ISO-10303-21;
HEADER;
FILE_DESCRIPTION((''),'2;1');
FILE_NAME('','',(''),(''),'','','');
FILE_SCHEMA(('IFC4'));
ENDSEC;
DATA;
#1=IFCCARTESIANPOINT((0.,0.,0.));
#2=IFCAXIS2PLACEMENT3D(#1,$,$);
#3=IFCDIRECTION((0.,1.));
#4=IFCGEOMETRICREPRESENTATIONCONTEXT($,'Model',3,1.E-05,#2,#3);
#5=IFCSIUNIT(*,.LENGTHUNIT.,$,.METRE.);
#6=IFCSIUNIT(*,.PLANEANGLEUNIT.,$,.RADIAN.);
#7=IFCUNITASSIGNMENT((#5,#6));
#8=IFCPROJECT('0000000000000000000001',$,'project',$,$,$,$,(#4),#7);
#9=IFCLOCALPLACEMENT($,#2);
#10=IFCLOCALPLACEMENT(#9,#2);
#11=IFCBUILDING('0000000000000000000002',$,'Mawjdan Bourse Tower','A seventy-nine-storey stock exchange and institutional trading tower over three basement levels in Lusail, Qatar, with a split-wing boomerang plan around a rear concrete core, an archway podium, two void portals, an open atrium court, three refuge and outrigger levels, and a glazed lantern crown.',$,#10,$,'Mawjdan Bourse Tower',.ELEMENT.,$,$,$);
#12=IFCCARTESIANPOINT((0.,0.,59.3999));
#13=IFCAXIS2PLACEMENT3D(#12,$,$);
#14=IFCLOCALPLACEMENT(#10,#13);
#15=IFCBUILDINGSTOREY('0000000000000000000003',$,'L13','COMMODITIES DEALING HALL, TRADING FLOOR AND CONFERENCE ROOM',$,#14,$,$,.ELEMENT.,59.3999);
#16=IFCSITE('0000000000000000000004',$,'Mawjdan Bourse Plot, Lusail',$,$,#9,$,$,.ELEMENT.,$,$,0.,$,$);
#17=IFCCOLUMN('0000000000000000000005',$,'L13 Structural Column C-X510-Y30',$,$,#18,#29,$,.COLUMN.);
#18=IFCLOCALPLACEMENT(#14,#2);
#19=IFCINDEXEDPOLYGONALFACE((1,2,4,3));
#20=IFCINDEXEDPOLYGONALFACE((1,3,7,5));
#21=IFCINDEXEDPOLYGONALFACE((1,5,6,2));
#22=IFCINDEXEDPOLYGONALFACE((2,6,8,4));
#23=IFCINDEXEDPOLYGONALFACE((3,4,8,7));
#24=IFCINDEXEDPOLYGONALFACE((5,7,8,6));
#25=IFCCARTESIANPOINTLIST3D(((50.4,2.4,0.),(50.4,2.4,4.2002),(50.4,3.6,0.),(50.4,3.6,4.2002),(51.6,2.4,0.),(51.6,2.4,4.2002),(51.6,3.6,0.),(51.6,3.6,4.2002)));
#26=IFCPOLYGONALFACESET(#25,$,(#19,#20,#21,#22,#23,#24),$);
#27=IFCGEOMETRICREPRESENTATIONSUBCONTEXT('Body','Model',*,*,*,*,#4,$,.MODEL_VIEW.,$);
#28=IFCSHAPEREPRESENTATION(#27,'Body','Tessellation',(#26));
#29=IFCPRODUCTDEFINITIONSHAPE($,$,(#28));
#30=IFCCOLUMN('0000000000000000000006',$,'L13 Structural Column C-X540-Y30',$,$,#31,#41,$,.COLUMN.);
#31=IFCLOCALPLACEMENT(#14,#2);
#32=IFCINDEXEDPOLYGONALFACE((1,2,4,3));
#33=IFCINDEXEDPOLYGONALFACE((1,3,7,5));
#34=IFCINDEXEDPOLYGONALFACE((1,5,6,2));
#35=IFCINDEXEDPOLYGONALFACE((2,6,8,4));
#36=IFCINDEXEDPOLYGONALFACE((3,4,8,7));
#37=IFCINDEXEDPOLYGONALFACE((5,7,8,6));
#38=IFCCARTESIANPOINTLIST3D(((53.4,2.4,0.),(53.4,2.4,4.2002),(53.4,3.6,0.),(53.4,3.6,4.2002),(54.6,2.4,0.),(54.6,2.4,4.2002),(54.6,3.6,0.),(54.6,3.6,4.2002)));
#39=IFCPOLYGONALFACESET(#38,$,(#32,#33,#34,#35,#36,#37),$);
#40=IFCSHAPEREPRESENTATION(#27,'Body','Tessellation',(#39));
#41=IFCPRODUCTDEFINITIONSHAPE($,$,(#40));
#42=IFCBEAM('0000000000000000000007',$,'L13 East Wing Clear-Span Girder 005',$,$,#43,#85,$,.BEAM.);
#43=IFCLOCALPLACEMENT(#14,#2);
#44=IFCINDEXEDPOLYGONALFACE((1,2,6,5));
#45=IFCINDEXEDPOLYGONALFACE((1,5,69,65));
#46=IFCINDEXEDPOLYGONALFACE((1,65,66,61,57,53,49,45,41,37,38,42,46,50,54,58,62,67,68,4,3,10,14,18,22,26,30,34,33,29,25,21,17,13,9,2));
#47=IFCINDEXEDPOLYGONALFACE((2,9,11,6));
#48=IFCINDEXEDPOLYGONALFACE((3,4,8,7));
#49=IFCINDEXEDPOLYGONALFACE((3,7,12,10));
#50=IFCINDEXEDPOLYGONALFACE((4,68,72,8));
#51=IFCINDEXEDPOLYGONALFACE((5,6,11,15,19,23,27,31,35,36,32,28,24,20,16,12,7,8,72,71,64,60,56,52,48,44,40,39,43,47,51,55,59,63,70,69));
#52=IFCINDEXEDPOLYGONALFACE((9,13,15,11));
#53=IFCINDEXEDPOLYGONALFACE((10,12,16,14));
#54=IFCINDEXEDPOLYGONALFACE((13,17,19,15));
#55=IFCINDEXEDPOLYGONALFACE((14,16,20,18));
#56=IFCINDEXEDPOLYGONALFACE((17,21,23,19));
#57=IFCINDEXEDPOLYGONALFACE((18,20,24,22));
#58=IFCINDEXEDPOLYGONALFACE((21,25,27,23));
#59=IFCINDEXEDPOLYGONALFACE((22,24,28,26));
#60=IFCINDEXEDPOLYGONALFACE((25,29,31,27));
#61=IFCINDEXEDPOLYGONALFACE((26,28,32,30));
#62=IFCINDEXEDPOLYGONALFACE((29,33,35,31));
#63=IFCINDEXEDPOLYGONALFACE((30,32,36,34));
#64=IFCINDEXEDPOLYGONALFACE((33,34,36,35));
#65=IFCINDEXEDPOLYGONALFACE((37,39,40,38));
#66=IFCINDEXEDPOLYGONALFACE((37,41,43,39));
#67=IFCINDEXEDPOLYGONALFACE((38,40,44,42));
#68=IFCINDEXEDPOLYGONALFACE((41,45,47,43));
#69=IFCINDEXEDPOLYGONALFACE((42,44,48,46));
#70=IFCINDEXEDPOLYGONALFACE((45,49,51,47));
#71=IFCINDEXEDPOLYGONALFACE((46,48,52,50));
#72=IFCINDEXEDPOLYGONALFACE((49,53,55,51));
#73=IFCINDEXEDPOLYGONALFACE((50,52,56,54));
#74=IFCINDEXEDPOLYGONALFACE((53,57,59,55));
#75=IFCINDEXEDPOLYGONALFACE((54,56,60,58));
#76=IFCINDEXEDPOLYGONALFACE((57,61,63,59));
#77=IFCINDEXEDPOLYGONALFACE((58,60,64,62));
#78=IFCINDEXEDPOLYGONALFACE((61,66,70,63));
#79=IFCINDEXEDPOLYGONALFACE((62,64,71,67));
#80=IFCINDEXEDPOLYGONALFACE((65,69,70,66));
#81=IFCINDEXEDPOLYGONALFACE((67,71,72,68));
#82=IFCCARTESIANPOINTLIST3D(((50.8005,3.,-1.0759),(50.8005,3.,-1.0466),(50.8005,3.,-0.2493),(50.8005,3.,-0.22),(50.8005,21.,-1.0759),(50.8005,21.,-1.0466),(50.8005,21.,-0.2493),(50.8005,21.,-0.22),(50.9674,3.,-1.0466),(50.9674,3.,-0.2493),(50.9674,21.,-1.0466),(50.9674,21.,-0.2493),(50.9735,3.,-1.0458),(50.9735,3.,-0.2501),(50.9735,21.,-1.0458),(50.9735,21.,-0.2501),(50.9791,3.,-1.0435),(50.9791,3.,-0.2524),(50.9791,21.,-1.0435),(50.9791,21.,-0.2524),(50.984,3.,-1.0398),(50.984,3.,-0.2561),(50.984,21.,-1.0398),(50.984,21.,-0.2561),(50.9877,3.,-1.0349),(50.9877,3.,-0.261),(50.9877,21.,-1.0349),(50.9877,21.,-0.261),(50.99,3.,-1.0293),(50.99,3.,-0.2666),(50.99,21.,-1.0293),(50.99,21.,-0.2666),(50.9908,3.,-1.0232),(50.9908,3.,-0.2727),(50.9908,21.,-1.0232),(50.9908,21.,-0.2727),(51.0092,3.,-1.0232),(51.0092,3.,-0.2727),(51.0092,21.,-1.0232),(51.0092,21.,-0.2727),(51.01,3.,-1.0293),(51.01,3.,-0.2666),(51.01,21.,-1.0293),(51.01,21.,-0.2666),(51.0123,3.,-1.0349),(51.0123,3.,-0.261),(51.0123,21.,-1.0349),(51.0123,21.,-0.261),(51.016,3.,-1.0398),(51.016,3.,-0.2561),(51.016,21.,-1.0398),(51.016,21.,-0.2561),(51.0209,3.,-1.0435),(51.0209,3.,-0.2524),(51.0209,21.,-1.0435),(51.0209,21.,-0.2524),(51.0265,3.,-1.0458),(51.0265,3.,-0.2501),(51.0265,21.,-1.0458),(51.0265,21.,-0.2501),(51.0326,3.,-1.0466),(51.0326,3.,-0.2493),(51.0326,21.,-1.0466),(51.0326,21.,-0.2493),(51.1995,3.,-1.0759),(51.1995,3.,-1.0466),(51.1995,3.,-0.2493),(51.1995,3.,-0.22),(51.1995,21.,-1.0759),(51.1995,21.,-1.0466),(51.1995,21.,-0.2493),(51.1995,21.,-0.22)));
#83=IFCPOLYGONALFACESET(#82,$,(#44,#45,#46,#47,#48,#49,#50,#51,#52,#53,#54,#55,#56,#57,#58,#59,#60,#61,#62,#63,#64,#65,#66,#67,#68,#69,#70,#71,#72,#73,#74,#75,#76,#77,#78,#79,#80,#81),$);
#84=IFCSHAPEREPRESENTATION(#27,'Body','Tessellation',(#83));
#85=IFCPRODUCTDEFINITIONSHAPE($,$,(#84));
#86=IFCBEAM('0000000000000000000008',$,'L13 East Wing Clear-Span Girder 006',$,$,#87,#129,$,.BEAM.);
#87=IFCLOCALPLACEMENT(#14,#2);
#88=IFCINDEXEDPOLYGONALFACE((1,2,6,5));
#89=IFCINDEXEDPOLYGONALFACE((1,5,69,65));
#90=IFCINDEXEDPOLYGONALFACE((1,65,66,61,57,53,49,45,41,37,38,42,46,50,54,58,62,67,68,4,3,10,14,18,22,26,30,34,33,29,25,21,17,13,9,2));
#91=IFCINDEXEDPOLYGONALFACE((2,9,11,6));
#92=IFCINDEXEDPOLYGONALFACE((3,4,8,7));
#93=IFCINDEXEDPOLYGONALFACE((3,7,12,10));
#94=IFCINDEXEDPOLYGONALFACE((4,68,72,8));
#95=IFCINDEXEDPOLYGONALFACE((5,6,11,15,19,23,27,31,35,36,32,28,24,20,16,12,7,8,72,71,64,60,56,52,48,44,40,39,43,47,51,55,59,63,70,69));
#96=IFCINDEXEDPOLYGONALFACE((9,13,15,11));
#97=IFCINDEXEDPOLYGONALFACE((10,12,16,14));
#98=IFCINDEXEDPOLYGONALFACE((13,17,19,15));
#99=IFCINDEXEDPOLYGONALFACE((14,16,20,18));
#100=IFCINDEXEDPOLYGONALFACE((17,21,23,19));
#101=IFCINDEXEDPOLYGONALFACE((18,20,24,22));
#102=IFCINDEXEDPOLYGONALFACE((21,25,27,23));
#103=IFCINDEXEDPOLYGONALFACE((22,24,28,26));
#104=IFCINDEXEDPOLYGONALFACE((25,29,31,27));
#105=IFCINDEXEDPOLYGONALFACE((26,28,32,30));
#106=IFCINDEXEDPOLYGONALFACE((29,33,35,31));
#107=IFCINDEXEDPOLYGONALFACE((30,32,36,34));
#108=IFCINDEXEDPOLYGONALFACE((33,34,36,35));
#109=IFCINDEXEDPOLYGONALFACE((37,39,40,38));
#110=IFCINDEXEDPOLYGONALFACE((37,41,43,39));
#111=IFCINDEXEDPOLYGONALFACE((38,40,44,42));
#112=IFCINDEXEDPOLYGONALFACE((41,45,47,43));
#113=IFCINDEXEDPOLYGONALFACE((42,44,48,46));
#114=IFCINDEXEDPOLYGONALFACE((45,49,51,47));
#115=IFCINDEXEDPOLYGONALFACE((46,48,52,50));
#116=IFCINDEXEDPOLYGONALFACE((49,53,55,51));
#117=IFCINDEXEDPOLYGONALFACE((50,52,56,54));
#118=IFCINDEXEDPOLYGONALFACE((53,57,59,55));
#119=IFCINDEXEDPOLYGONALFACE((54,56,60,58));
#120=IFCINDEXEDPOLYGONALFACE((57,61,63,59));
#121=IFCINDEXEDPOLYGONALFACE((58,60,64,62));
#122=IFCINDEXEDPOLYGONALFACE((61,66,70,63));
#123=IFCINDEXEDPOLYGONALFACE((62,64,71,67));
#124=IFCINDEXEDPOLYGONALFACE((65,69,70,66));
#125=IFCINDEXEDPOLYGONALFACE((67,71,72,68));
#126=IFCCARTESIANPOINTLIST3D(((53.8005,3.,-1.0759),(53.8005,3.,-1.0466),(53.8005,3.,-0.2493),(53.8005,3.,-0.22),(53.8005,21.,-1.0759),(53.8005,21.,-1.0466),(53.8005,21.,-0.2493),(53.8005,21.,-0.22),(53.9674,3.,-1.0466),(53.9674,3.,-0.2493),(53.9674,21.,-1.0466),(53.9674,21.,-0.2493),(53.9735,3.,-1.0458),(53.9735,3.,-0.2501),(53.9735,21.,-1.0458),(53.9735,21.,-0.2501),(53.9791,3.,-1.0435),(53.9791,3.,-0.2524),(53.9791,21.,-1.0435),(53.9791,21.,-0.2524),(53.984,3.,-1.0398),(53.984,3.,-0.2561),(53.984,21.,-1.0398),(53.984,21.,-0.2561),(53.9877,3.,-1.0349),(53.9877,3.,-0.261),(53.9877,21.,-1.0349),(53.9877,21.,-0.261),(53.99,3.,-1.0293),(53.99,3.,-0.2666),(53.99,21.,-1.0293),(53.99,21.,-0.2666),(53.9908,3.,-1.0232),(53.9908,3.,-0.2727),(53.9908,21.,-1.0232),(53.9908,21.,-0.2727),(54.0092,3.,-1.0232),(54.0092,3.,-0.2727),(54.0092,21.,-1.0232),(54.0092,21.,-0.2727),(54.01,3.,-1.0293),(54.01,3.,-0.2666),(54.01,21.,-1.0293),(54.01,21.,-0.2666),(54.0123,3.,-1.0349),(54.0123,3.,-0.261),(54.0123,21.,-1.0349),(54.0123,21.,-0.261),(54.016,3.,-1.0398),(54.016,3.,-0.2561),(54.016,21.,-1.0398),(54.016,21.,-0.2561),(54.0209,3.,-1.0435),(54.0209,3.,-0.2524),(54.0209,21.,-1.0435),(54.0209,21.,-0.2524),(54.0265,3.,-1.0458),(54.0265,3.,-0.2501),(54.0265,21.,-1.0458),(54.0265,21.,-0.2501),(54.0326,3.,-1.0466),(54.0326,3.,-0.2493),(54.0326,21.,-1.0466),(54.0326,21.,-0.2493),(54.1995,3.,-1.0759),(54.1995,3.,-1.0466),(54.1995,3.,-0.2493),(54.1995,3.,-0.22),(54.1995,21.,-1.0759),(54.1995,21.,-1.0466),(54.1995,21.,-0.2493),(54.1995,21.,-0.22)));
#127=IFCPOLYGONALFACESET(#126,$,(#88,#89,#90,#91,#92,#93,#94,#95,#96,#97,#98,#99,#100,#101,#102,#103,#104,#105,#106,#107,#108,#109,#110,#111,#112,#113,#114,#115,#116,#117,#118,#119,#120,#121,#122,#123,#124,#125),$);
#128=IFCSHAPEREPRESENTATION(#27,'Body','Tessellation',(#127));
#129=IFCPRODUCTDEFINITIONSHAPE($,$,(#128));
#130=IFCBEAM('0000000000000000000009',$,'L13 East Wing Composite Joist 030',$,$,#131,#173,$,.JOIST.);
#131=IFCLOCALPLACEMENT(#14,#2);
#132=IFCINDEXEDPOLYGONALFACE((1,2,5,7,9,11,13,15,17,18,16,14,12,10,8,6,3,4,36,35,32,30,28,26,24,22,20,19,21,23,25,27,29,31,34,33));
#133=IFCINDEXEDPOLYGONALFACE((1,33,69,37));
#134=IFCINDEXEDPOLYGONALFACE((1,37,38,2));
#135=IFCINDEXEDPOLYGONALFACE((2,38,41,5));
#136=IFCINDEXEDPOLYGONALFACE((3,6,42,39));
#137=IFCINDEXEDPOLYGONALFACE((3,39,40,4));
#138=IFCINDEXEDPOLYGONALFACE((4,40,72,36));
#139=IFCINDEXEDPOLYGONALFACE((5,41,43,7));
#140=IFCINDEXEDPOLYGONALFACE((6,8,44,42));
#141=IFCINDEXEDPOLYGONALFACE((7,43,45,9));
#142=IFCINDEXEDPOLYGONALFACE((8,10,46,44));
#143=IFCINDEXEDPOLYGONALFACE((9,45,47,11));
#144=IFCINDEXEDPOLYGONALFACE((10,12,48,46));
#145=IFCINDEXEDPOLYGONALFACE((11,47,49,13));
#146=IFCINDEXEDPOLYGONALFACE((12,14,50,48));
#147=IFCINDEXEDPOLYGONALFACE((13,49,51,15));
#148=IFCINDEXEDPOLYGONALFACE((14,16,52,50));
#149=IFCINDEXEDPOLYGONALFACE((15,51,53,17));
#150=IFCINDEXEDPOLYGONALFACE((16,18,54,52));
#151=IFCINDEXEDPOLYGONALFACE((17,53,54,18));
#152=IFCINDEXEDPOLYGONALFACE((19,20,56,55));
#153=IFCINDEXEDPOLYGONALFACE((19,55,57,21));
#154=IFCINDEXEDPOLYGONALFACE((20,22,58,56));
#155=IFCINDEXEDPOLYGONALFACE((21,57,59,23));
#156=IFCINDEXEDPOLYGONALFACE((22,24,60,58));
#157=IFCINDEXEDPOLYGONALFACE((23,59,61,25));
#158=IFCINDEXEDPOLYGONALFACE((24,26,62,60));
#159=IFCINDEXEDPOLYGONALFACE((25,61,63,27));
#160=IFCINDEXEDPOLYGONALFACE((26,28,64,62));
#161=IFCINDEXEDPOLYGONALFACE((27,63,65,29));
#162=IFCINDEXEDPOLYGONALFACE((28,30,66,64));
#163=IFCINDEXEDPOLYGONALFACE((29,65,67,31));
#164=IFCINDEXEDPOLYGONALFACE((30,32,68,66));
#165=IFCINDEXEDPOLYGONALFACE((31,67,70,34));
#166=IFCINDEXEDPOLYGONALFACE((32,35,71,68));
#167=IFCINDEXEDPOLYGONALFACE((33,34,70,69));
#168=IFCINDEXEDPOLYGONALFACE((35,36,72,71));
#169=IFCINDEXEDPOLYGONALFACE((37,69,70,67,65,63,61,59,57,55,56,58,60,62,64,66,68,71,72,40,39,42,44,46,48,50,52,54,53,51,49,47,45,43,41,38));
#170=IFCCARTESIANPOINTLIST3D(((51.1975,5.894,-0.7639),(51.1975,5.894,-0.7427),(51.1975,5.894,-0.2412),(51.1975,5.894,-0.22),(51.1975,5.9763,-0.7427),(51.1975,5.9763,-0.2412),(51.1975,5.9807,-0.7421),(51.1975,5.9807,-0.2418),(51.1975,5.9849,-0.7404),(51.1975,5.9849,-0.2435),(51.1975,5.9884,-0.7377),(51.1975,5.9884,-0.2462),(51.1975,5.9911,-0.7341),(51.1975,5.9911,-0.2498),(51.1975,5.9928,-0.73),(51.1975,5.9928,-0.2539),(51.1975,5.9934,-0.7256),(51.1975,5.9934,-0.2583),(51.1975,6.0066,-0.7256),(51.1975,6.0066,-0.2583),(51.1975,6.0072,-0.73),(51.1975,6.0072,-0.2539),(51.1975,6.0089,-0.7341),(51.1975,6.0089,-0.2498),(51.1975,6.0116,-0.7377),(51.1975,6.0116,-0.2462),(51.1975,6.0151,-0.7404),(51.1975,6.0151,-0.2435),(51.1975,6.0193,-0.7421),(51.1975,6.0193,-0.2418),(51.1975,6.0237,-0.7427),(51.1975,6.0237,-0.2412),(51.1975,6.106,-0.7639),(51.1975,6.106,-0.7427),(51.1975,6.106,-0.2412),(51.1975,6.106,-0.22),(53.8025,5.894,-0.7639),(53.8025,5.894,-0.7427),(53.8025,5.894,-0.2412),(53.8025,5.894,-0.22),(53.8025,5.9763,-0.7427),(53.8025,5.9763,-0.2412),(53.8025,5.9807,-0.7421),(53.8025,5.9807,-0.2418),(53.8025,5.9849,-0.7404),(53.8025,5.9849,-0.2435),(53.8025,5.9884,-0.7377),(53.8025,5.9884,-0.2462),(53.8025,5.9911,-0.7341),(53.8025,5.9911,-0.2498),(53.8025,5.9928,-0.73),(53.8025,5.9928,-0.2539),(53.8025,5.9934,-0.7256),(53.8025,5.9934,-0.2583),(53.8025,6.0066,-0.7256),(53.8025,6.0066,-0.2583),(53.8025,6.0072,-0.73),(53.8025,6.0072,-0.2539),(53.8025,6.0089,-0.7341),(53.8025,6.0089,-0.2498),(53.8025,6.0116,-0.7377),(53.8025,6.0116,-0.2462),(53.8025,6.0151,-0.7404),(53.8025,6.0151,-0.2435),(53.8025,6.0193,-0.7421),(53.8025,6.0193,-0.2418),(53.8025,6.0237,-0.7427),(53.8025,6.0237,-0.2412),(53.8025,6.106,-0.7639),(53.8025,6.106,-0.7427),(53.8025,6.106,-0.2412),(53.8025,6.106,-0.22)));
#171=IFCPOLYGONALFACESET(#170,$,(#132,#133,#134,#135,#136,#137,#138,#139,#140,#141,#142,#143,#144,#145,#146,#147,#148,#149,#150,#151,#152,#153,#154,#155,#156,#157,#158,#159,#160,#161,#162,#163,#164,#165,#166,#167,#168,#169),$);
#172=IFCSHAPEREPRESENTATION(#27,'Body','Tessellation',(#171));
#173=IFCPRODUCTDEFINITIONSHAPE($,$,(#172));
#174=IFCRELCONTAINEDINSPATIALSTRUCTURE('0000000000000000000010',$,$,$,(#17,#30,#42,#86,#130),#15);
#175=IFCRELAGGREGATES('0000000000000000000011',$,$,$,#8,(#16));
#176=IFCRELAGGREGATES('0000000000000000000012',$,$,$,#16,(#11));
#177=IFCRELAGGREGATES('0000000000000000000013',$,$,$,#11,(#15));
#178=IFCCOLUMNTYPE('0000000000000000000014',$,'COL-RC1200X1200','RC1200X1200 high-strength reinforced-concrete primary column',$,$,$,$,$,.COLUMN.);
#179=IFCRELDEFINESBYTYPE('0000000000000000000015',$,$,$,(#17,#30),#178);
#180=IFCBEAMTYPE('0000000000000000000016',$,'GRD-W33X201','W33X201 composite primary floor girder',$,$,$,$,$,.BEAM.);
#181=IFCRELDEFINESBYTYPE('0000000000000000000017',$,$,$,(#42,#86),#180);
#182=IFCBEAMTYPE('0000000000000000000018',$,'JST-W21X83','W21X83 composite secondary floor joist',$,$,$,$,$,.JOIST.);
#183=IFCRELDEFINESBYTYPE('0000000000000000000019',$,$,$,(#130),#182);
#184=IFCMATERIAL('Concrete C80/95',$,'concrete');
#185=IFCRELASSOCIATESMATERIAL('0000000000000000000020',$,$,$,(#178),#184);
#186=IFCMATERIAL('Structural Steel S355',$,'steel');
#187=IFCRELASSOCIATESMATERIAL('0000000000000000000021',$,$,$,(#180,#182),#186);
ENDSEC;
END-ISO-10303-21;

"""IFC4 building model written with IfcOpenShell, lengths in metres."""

from ifc_helpers import new_model, si_unit, direction, frame, origin, origin_2d, place, context, subcontext, project, spatial, rectangle, i_section, extrude, material, material_profile, profile_set, type_object, element, save


model = new_model("IFC4")

# Units and contexts
model_context = context("Model", 3, precision=1e-05, world=origin(), true_north=direction((0.0, 1.0)))
body_context = subcontext(model_context, "Body", "Model", "MODEL_VIEW")
ifc_project = project(units=[si_unit("LENGTHUNIT", "METRE"), si_unit("PLANEANGLEUNIT", "RADIAN")], contexts=[model_context])

# Site, building, storey
site_placement = place(None, origin())
site = spatial("IfcSite", under=ifc_project, at=site_placement, Name="Mawjdan Bourse Plot, Lusail", CompositionType="ELEMENT", RefElevation=0.0)
building_placement = place(site_placement, origin())
building = spatial("IfcBuilding", under=site, at=building_placement, Name="Mawjdan Bourse Tower", Description="A seventy-nine-storey stock exchange and institutional trading tower over three basement levels in Lusail, Qatar, with a split-wing boomerang plan around a rear concrete core, an archway podium, two void portals, an open atrium court, three refuge and outrigger levels, and a glazed lantern crown.", LongName="Mawjdan Bourse Tower", CompositionType="ELEMENT")
storey_placement = place(building_placement, frame((0.0, 0.0, 59.3999)))
storey = spatial("IfcBuildingStorey", under=building, at=storey_placement, Name="L13", Description="COMMODITIES DEALING HALL, TRADING FLOOR AND CONFERENCE ROOM", CompositionType="ELEMENT", Elevation=59.3999)

# Columns
ifc_material_1 = material(Name="Concrete C80/95", Category="concrete")
ifc_material_profile_1 = material_profile(ifc_material_1, rectangle(XDim=1.2, YDim=1.2, at=origin_2d()), Name="RC1200X1200")
ifc_profile_set_1 = profile_set([ifc_material_profile_1], Name="Concrete C80/95")
column_type = type_object("IfcColumnType", Name="COL-RC1200X1200", Description="RC1200X1200 high-strength reinforced-concrete primary column", PredefinedType="COLUMN", material=ifc_profile_set_1)
for number, where, z_axis, x_axis, name in (
    (1, (51.0, 3.0, 0.0), (0.0, 0.0, 1.0), (1.0, 0.0, 0.0), "L13 Structural Column C-X510-Y30"),
    (2, (54.0, 3.0, 0.0), (0.0, 0.0, 1.0), (1.0, 0.0, 0.0), "L13 Structural Column C-X540-Y30"),
):
    element("IfcColumn", number, at=place(storey_placement, frame(where, z_axis=z_axis, x_axis=x_axis)), inside=storey, type_object=column_type, Name=name, PredefinedType="COLUMN", context=body_context, shape_type="SweptSolid", body=[
        extrude(rectangle(XDim=1.2, YDim=1.2, at=origin_2d()), origin(), (0.0, 0.0, 1.0), 4.2002),
    ])

# Beams
ifc_material_2 = material(Name="Structural Steel S355", Category="steel")
ifc_material_profile_2 = material_profile(ifc_material_2, i_section(OverallWidth=0.3989, OverallDepth=0.856, WebThickness=0.0183, FlangeThickness=0.0293, FilletRadius=0.0234, at=origin_2d()), Name="W33X201")
ifc_profile_set_2 = profile_set([ifc_material_profile_2], Name="Structural Steel S355")
beam_type_1 = type_object("IfcBeamType", Name="GRD-W33X201", Description="W33X201 composite primary floor girder", PredefinedType="BEAM", material=ifc_profile_set_2)
for number, where, z_axis, x_axis, name in (
    (3, (51.0, 3.0, -0.6479), (0.0, 1.0, 0.0), (-1.0, 0.0, 0.0), "L13 East Wing Clear-Span Girder 005"),
    (4, (54.0, 3.0, -0.6479), (0.0, 1.0, 0.0), (-1.0, 0.0, 0.0), "L13 East Wing Clear-Span Girder 006"),
):
    element("IfcBeam", number, at=place(storey_placement, frame(where, z_axis=z_axis, x_axis=x_axis)), inside=storey, type_object=beam_type_1, Name=name, PredefinedType="BEAM", context=body_context, shape_type="SweptSolid", body=[
        extrude(i_section(OverallWidth=0.3989, OverallDepth=0.856, WebThickness=0.0183, FlangeThickness=0.0293, FilletRadius=0.0234, at=origin_2d()), origin(), (0.0, 0.0, 1.0), 18.0),
    ])
ifc_material_profile_3 = material_profile(ifc_material_2, i_section(OverallWidth=0.2119, OverallDepth=0.5439, WebThickness=0.0132, FlangeThickness=0.0212, FilletRadius=0.0171, at=origin_2d()), Name="W21X83")
ifc_profile_set_3 = profile_set([ifc_material_profile_3], Name="Structural Steel S355")
beam_type_2 = type_object("IfcBeamType", Name="JST-W21X83", Description="W21X83 composite secondary floor joist", PredefinedType="JOIST", material=ifc_profile_set_3)
for number, where, z_axis, x_axis, name in (
    (5, (51.1975, 6.0, -0.4919), (1.0, 0.0, 0.0), (0.0, 1.0, 0.0), "L13 East Wing Composite Joist 030"),
):
    element("IfcBeam", number, at=place(storey_placement, frame(where, z_axis=z_axis, x_axis=x_axis)), inside=storey, type_object=beam_type_2, Name=name, PredefinedType="JOIST", context=body_context, shape_type="SweptSolid", body=[
        extrude(i_section(OverallWidth=0.2119, OverallDepth=0.5439, WebThickness=0.0132, FlangeThickness=0.0212, FilletRadius=0.0171, at=origin_2d()), origin(), (0.0, 0.0, 1.0), 2.605),
    ])

save(model, "model.ifc")
